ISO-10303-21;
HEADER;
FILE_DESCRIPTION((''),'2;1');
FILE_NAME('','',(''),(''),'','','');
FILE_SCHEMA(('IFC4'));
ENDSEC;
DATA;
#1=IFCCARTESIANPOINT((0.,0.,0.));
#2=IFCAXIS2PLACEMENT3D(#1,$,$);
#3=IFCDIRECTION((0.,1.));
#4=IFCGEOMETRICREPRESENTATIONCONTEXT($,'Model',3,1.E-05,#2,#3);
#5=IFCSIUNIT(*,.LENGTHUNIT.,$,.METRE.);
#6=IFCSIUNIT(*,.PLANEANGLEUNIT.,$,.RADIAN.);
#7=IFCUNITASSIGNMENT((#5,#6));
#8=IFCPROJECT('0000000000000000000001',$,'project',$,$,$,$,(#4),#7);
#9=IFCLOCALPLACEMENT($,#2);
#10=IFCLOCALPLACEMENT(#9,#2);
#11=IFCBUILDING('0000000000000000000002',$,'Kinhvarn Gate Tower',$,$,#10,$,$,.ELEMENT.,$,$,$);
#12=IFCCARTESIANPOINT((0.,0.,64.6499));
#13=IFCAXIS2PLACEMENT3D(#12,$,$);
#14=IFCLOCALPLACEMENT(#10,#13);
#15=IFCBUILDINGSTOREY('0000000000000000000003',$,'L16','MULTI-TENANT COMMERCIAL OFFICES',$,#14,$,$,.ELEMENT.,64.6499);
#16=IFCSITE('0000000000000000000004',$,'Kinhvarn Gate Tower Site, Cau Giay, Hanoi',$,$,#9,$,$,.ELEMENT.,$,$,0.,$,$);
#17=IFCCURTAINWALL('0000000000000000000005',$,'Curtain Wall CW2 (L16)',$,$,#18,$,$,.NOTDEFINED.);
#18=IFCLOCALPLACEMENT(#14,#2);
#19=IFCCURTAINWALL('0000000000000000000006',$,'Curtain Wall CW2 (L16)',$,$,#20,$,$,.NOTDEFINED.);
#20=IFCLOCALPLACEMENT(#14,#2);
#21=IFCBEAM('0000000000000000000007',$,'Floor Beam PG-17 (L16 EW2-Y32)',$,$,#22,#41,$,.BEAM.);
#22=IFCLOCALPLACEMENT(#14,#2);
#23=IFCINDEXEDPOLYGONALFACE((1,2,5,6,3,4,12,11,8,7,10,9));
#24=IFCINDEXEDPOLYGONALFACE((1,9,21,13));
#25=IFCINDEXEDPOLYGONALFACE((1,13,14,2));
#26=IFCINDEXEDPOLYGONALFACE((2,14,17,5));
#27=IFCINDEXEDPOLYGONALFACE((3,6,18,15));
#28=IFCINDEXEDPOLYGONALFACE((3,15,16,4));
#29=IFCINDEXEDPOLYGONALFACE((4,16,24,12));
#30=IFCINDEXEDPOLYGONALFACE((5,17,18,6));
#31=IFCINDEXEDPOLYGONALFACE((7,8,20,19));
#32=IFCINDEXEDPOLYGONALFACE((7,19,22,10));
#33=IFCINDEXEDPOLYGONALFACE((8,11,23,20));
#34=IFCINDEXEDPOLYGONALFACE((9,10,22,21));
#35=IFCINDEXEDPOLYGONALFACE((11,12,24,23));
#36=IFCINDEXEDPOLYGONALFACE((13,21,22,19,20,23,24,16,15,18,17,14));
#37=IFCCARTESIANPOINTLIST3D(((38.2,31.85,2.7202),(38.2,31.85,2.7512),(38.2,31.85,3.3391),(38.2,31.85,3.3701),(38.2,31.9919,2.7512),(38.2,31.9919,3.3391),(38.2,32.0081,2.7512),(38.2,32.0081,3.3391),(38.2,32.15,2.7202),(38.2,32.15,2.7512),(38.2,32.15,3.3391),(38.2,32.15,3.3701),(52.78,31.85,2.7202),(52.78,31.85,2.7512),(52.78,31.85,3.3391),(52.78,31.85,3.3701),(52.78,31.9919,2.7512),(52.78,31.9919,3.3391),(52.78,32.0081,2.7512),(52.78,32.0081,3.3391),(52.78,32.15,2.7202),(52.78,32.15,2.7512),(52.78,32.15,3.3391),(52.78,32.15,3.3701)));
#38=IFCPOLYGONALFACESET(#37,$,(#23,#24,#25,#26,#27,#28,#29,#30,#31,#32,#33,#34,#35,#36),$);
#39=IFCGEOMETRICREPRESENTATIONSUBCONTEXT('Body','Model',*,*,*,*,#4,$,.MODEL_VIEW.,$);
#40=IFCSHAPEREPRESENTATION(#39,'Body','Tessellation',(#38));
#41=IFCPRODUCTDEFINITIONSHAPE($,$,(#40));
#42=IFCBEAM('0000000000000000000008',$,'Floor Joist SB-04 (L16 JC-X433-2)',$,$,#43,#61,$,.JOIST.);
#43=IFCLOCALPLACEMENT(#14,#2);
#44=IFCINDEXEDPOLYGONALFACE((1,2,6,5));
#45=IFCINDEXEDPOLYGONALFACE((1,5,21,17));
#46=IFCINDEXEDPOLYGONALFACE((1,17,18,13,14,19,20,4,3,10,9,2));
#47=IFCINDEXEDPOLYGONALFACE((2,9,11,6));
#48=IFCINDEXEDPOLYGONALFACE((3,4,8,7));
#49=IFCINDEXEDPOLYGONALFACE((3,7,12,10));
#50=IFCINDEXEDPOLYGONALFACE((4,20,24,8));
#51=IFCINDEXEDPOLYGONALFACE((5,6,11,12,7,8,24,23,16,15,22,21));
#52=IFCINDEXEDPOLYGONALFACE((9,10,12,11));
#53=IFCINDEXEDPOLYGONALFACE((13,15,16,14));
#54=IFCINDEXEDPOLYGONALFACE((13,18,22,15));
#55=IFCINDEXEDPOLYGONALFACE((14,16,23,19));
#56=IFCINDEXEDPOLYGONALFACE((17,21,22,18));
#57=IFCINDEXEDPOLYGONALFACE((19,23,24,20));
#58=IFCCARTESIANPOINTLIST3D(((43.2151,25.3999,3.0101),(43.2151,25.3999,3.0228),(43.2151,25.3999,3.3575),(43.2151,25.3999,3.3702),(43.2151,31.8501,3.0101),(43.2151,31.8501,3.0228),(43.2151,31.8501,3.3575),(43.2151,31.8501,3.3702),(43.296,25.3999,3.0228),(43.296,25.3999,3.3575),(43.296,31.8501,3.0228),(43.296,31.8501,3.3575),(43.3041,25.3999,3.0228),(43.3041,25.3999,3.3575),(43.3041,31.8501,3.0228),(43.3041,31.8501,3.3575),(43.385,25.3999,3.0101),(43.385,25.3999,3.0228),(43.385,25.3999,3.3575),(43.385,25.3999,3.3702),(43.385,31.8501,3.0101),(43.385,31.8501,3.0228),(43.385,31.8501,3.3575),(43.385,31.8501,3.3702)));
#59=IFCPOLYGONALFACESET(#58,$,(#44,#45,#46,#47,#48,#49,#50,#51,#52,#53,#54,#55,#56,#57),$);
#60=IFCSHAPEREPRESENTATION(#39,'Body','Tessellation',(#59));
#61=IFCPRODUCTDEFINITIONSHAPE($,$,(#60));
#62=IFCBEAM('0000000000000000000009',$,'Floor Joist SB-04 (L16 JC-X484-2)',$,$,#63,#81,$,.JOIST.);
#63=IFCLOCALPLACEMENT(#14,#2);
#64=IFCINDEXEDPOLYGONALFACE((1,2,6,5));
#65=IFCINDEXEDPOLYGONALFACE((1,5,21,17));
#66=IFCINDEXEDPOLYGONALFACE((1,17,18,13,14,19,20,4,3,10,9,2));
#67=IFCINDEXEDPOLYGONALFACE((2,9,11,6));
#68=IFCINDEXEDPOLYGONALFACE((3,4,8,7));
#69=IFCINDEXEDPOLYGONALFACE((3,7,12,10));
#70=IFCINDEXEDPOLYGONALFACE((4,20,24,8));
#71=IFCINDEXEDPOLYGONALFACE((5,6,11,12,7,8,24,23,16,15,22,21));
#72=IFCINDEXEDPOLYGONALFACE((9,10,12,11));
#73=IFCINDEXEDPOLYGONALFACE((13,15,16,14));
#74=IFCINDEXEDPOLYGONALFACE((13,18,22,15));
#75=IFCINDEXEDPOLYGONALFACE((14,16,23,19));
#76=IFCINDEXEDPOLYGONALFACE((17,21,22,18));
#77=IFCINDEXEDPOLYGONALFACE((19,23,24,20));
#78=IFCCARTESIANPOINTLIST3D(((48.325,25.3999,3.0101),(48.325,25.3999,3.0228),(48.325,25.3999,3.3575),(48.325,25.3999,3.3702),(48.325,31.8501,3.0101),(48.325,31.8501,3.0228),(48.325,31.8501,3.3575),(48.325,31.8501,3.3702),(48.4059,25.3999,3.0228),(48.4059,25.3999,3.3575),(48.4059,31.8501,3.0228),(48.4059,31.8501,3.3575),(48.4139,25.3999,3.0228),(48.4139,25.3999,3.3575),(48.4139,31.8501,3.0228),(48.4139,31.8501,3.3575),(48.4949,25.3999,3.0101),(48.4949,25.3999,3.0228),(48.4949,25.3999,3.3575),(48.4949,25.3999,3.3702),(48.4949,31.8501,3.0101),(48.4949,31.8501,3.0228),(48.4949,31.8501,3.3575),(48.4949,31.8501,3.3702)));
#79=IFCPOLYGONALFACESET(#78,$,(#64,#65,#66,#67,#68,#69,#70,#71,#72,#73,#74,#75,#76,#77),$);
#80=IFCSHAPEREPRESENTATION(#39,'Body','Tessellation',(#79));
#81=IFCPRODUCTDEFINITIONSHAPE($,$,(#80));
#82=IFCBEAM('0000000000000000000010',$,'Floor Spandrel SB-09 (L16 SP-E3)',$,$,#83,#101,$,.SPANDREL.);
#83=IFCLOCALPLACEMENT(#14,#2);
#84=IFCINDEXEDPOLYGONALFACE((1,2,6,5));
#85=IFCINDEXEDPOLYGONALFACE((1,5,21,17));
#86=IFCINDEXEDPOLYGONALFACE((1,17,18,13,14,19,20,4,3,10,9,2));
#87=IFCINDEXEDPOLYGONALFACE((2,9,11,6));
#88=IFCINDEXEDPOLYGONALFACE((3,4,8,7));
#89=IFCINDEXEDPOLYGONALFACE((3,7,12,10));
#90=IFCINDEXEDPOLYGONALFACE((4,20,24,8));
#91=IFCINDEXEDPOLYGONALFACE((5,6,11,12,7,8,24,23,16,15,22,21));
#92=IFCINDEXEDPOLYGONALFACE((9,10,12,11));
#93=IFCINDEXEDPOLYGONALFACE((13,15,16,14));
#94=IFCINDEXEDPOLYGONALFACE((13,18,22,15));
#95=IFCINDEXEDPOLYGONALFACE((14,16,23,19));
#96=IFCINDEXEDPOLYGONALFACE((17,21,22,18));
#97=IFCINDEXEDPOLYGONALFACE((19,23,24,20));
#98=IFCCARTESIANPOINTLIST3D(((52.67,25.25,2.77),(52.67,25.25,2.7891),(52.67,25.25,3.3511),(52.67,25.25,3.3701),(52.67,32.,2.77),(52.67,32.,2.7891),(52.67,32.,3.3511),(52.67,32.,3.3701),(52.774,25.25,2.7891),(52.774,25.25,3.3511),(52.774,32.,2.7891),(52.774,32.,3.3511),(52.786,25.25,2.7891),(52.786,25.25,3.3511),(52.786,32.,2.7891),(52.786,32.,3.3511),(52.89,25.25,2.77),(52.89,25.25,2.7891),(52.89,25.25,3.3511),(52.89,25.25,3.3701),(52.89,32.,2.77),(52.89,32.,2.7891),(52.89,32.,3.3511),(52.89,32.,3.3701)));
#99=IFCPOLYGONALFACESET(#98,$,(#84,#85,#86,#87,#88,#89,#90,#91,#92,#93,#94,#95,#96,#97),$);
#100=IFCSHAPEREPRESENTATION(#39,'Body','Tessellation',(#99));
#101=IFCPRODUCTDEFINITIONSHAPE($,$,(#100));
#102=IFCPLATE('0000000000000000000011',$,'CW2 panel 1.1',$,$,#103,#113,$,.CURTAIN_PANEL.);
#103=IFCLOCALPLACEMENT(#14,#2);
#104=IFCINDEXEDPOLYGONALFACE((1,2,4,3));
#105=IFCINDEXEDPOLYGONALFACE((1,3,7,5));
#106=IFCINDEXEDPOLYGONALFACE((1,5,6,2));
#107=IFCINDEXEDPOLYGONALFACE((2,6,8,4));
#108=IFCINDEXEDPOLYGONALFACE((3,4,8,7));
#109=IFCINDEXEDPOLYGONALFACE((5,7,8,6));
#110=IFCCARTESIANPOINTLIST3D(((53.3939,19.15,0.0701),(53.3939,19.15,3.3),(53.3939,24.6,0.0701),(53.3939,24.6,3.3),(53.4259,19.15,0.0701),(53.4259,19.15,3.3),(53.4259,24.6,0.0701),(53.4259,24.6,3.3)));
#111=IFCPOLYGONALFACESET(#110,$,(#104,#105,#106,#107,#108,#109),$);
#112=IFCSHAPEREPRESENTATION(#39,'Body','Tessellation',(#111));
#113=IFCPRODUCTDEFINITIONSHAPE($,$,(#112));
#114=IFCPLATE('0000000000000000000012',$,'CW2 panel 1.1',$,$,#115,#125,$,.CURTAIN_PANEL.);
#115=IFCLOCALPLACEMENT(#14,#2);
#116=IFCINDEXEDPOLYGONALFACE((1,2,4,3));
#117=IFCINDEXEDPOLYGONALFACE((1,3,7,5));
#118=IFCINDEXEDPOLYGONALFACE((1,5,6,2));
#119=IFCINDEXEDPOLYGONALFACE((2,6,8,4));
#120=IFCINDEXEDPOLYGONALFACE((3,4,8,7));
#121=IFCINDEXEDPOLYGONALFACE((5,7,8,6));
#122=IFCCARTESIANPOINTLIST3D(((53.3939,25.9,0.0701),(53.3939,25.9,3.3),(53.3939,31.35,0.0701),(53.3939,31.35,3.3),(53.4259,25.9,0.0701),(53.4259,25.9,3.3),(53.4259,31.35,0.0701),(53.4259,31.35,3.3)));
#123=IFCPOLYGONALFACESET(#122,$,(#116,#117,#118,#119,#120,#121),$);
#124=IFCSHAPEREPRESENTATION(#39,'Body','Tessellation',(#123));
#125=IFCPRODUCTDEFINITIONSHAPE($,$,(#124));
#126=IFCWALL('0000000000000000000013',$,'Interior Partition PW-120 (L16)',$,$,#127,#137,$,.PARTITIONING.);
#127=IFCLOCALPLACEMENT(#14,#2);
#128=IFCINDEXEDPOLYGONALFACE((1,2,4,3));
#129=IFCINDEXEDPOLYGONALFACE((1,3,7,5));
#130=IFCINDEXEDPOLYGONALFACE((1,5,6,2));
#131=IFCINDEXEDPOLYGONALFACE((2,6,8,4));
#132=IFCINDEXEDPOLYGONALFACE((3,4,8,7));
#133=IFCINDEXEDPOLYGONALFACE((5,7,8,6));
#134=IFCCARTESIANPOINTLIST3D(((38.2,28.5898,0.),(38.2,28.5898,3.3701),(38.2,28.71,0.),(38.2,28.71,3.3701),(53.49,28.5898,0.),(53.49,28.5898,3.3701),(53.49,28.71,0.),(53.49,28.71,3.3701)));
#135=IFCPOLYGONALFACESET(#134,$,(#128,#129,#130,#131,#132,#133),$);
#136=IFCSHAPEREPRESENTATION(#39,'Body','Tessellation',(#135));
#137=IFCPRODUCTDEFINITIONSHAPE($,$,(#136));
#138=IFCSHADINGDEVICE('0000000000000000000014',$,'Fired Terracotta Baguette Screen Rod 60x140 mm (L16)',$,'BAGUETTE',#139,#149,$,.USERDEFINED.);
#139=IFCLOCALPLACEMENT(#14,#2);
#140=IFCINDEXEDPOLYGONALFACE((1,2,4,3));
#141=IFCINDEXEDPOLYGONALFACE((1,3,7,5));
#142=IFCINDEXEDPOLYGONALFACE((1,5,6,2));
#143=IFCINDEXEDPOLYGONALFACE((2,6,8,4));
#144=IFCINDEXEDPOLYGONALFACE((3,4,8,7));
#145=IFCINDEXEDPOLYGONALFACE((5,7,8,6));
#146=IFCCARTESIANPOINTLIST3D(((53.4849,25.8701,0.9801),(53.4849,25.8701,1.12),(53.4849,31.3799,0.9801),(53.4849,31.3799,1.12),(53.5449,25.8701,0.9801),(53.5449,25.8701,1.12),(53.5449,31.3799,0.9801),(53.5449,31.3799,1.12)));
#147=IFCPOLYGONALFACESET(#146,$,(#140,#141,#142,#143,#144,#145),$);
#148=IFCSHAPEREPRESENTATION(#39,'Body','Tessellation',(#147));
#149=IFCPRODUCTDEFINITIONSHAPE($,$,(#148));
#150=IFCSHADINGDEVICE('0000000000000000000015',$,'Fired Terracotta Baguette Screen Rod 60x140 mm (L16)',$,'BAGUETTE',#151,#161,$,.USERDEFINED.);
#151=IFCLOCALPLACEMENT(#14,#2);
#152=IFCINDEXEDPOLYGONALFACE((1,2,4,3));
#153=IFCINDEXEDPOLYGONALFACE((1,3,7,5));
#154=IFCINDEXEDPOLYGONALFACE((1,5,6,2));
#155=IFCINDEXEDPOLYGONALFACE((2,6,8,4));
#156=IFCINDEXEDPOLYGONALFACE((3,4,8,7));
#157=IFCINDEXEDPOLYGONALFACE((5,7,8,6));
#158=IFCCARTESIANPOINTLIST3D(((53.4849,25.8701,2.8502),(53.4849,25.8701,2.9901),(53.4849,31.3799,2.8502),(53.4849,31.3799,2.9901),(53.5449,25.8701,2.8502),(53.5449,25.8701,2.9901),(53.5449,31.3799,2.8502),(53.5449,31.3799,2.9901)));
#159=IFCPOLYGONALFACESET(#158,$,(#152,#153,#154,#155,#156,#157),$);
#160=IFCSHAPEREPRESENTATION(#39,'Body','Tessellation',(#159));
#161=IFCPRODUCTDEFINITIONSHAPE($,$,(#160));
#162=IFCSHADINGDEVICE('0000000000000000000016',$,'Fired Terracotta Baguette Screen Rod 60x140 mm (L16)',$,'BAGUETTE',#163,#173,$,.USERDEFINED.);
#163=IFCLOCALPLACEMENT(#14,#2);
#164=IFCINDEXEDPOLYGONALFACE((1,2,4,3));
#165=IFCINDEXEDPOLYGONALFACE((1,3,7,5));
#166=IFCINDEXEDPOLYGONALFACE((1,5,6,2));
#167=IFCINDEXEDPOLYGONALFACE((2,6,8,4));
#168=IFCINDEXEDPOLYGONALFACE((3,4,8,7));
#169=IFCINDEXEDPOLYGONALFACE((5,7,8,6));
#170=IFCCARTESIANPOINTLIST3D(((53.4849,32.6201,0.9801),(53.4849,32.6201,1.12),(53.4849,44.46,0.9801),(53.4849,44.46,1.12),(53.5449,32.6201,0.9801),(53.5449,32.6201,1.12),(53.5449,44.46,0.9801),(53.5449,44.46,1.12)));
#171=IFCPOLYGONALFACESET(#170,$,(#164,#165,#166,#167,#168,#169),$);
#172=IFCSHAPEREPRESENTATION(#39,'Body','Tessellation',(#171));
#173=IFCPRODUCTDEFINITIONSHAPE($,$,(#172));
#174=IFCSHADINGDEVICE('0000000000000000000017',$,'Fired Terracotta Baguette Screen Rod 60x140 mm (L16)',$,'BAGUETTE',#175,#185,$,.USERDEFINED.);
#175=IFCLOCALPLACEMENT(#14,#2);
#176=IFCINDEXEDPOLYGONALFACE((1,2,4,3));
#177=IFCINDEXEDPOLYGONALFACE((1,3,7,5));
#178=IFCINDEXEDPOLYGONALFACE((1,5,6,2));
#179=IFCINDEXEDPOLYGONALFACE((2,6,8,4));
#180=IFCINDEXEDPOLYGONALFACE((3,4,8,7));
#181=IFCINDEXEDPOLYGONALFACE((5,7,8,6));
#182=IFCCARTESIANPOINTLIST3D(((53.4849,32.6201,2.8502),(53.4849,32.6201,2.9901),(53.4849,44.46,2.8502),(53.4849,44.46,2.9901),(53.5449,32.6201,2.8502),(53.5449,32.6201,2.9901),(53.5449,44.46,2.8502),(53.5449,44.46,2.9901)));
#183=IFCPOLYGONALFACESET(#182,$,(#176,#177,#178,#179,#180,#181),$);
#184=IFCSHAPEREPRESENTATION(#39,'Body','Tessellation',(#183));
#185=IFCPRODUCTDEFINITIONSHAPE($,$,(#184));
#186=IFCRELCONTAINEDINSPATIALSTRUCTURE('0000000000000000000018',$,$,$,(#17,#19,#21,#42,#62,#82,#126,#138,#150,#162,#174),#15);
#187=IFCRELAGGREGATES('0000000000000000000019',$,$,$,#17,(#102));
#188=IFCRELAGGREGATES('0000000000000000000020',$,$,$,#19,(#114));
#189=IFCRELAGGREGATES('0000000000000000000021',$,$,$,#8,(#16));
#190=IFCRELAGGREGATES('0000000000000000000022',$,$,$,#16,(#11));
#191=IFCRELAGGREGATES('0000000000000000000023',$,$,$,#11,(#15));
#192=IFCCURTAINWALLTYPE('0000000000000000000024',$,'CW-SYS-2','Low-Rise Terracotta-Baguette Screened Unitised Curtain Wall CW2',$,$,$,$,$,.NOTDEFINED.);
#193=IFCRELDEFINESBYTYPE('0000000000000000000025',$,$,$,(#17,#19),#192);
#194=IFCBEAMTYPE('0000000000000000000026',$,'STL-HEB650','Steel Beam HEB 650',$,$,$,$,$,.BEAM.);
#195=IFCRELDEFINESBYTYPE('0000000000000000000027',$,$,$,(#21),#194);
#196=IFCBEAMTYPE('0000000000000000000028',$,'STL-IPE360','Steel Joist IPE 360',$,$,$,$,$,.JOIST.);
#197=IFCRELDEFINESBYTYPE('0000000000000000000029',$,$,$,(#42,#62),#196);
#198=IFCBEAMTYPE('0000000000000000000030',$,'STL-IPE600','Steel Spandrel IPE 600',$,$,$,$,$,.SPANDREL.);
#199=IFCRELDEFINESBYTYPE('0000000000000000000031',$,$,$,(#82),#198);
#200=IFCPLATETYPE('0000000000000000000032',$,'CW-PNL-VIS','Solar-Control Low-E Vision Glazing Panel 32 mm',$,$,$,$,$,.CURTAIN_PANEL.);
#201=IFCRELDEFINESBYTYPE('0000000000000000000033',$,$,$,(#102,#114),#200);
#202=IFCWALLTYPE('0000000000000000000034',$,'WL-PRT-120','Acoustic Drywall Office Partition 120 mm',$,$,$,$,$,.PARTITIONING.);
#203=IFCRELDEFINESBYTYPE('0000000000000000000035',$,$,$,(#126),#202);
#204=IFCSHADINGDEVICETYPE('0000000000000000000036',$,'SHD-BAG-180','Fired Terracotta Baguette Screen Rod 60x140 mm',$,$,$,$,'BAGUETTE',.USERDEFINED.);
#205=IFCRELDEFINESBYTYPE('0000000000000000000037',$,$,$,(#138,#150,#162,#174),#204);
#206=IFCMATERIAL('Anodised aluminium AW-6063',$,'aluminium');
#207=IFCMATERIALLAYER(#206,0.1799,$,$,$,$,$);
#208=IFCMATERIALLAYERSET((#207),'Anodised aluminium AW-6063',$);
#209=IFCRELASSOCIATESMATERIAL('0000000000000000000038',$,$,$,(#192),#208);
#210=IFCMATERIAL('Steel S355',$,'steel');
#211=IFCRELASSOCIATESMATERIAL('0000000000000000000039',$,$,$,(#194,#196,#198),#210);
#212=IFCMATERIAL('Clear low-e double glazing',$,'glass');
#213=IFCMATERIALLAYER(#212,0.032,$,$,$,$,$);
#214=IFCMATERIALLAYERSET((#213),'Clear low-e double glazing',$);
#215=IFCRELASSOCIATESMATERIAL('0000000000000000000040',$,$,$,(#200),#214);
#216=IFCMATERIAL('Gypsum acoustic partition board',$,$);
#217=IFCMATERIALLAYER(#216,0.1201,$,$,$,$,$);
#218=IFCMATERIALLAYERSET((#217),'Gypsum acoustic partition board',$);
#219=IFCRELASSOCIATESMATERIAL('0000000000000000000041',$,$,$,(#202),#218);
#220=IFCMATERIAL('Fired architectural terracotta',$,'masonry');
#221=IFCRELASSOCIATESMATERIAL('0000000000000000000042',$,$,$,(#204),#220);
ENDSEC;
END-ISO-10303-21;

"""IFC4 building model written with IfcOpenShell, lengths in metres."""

from ifc_helpers import new_model, si_unit, direction, frame, frame_2d, origin, origin_2d, place, context, subcontext, project, spatial, rectangle, i_section, extrude, material, layer, layer_set, material_profile, profile_set, type_object, element, aggregate, save


model = new_model("IFC4")

# Units and contexts
model_context = context("Model", 3, precision=1e-05, world=origin(), true_north=direction((0.0, 1.0)))
body_context = subcontext(model_context, "Body", "Model", "MODEL_VIEW")
ifc_project = project(units=[si_unit("LENGTHUNIT", "METRE"), si_unit("PLANEANGLEUNIT", "RADIAN")], contexts=[model_context])

# Site, building, storey
site_placement = place(None, origin())
site = spatial("IfcSite", under=ifc_project, at=site_placement, Name="Kinhvarn Gate Tower Site, Cau Giay, Hanoi", CompositionType="ELEMENT", RefElevation=0.0)
building_placement = place(site_placement, origin())
building = spatial("IfcBuilding", under=site, at=building_placement, Name="Kinhvarn Gate Tower", CompositionType="ELEMENT")
storey_placement = place(building_placement, frame((0.0, 0.0, 64.6499)))
storey = spatial("IfcBuildingStorey", under=building, at=storey_placement, Name="L16", Description="MULTI-TENANT COMMERCIAL OFFICES", CompositionType="ELEMENT", Elevation=64.6499)

# Curtain wall
ifc_material_1 = material(Name="Anodised aluminium AW-6063", Category="aluminium")
ifc_layer_1 = layer(ifc_material_1, 0.1799)
ifc_layer_set_1 = layer_set([ifc_layer_1], Name="Anodised aluminium AW-6063")
curtain_wall_type = type_object("IfcCurtainWallType", Name="CW-SYS-2", Description="Low-Rise Terracotta-Baguette Screened Unitised Curtain Wall CW2", PredefinedType="NOTDEFINED", material=ifc_layer_set_1)
curtain_wall_1_placement = place(storey_placement, origin())
curtain_wall_1 = element("IfcCurtainWall", 1, at=curtain_wall_1_placement, inside=storey, type_object=curtain_wall_type, Name="Curtain Wall CW2 (L16)", PredefinedType="NOTDEFINED")

# Curtain wall
curtain_wall_2_placement = place(storey_placement, origin())
curtain_wall_2 = element("IfcCurtainWall", 2, at=curtain_wall_2_placement, inside=storey, type_object=curtain_wall_type, Name="Curtain Wall CW2 (L16)", PredefinedType="NOTDEFINED")

# Beams
ifc_material_2 = material(Name="Steel S355", Category="steel")
ifc_material_profile_1 = material_profile(ifc_material_2, i_section(OverallWidth=0.3, OverallDepth=0.6499, WebThickness=0.0161, FlangeThickness=0.031, at=origin_2d()), Name="HEB 650")
ifc_profile_set_1 = profile_set([ifc_material_profile_1], Name="Steel S355")
beam_type_1 = type_object("IfcBeamType", Name="STL-HEB650", Description="Steel Beam HEB 650", PredefinedType="BEAM", material=ifc_profile_set_1)
beam_1_placement = place(storey_placement, frame((38.2, 32.0, 3.0452), z_axis=(1.0, 0.0, 0.0), x_axis=(0.0, 1.0, 0.0)))
element("IfcBeam", 3, at=beam_1_placement, inside=storey, type_object=beam_type_1, Name="Floor Beam PG-17 (L16 EW2-Y32)", PredefinedType="BEAM", context=body_context, shape_type="SweptSolid", body=[
    extrude(i_section(OverallWidth=0.3, OverallDepth=0.6499, WebThickness=0.0161, FlangeThickness=0.031, at=origin_2d()), origin(), (0.0, 0.0, 1.0), 14.5801),
])
ifc_material_profile_2 = material_profile(ifc_material_2, i_section(OverallWidth=0.1699, OverallDepth=0.3601, WebThickness=0.0081, FlangeThickness=0.0127, at=origin_2d()), Name="IPE 360")
ifc_profile_set_2 = profile_set([ifc_material_profile_2], Name="Steel S355")
beam_type_2 = type_object("IfcBeamType", Name="STL-IPE360", Description="Steel Joist IPE 360", PredefinedType="JOIST", material=ifc_profile_set_2)
for number, where, z_axis, x_axis, name in (
    (4, (43.3, 25.3999, 3.1902), (0.0, 1.0, 0.0), (-1.0, 0.0, 0.0), "Floor Joist SB-04 (L16 JC-X433-2)"),
    (5, (48.4099, 25.3999, 3.1902), (0.0, 1.0, 0.0), (-1.0, 0.0, 0.0), "Floor Joist SB-04 (L16 JC-X484-2)"),
):
    element("IfcBeam", number, at=place(storey_placement, frame(where, z_axis=z_axis, x_axis=x_axis)), inside=storey, type_object=beam_type_2, Name=name, PredefinedType="JOIST", context=body_context, shape_type="SweptSolid", body=[
        extrude(i_section(OverallWidth=0.1699, OverallDepth=0.3601, WebThickness=0.0081, FlangeThickness=0.0127, at=origin_2d()), origin(), (0.0, 0.0, 1.0), 6.4502),
    ])
ifc_material_profile_3 = material_profile(ifc_material_2, i_section(OverallWidth=0.22, OverallDepth=0.6001, WebThickness=0.012, FlangeThickness=0.019, at=origin_2d()), Name="IPE 600")
ifc_profile_set_3 = profile_set([ifc_material_profile_3], Name="Steel S355")
beam_type_3 = type_object("IfcBeamType", Name="STL-IPE600", Description="Steel Spandrel IPE 600", PredefinedType="SPANDREL", material=ifc_profile_set_3)
beam_2_placement = place(storey_placement, frame((52.78, 25.25, 3.0701), z_axis=(0.0, 1.0, 0.0), x_axis=(-1.0, 0.0, 0.0)))
element("IfcBeam", 6, at=beam_2_placement, inside=storey, type_object=beam_type_3, Name="Floor Spandrel SB-09 (L16 SP-E3)", PredefinedType="SPANDREL", context=body_context, shape_type="SweptSolid", body=[
    extrude(i_section(OverallWidth=0.22, OverallDepth=0.6001, WebThickness=0.012, FlangeThickness=0.019, at=origin_2d()), origin(), (0.0, 0.0, 1.0), 6.75),
])

# Plates
ifc_material_3 = material(Name="Clear low-e double glazing", Category="glass")
ifc_layer_2 = layer(ifc_material_3, 0.032)
ifc_layer_set_2 = layer_set([ifc_layer_2], Name="Clear low-e double glazing")
plate_type = type_object("IfcPlateType", Name="CW-PNL-VIS", Description="Solar-Control Low-E Vision Glazing Panel 32 mm", PredefinedType="CURTAIN_PANEL", material=ifc_layer_set_2)
plate_1_placement = place(storey_placement, frame((53.4099, 21.875, 0.0701), z_axis=(0.0, 0.0, 1.0), x_axis=(0.0, 1.0, 0.0)))
plate_1 = element("IfcPlate", 7, at=plate_1_placement, type_object=plate_type, Name="CW2 panel 1.1", PredefinedType="CURTAIN_PANEL", context=body_context, shape_type="SweptSolid", body=[
    extrude(rectangle(XDim=5.45, YDim=0.032, at=origin_2d()), origin(), (0.0, 0.0, 1.0), 3.23),
])
aggregate(curtain_wall_1, [plate_1])
plate_2_placement = place(storey_placement, frame((53.4099, 28.625, 0.0701), z_axis=(0.0, 0.0, 1.0), x_axis=(0.0, 1.0, 0.0)))
plate_2 = element("IfcPlate", 8, at=plate_2_placement, type_object=plate_type, Name="CW2 panel 1.1", PredefinedType="CURTAIN_PANEL", context=body_context, shape_type="SweptSolid", body=[
    extrude(rectangle(XDim=5.45, YDim=0.032, at=origin_2d()), origin(), (0.0, 0.0, 1.0), 3.23),
])
aggregate(curtain_wall_2, [plate_2])

# Wall
ifc_material_4 = material(Name="Gypsum acoustic partition board")
ifc_layer_3 = layer(ifc_material_4, 0.1201)
ifc_layer_set_3 = layer_set([ifc_layer_3], Name="Gypsum acoustic partition board")
wall_type = type_object("IfcWallType", Name="WL-PRT-120", Description="Acoustic Drywall Office Partition 120 mm", PredefinedType="PARTITIONING", material=ifc_layer_set_3)
wall_placement = place(storey_placement, frame((38.2, 28.6499, 0.0), z_axis=(0.0, 0.0, 1.0), x_axis=(1.0, 0.0, 0.0)))
element("IfcWall", 9, at=wall_placement, inside=storey, type_object=wall_type, Name="Interior Partition PW-120 (L16)", PredefinedType="PARTITIONING", context=body_context, shape_type="SweptSolid", body=[
    extrude(rectangle(XDim=15.29, YDim=0.1201, at=frame_2d((7.645, 0.0))), origin(), (0.0, 0.0, 1.0), 3.3701),
])

# Shading devices
ifc_material_5 = material(Name="Fired architectural terracotta", Category="masonry")
ifc_material_profile_4 = material_profile(ifc_material_5, rectangle(XDim=0.0601, YDim=0.1399, at=origin_2d()), Name="TC 60x140")
ifc_profile_set_4 = profile_set([ifc_material_profile_4], Name="Fired architectural terracotta")
shading_device_type = type_object("IfcShadingDeviceType", Name="SHD-BAG-180", Description="Fired Terracotta Baguette Screen Rod 60x140 mm", ElementType="BAGUETTE", PredefinedType="USERDEFINED", material=ifc_profile_set_4)
for number, where, z_axis, x_axis, name in (
    (10, (53.5149, 25.8701, 1.05), (0.0, 1.0, 0.0), (-1.0, 0.0, 0.0), "Fired Terracotta Baguette Screen Rod 60x140 mm (L16)"),
    (11, (53.5149, 25.8701, 2.9202), (0.0, 1.0, 0.0), (-1.0, 0.0, 0.0), "Fired Terracotta Baguette Screen Rod 60x140 mm (L16)"),
):
    element("IfcShadingDevice", number, at=place(storey_placement, frame(where, z_axis=z_axis, x_axis=x_axis)), inside=storey, type_object=shading_device_type, Name=name, ObjectType="BAGUETTE", PredefinedType="USERDEFINED", context=body_context, shape_type="SweptSolid", body=[
        extrude(rectangle(XDim=0.0601, YDim=0.1399, at=origin_2d()), origin(), (0.0, 0.0, 1.0), 5.5098),
    ])
for number, where, z_axis, x_axis, name in (
    (12, (53.5149, 32.6201, 1.05), (0.0, 1.0, 0.0), (-1.0, 0.0, 0.0), "Fired Terracotta Baguette Screen Rod 60x140 mm (L16)"),
    (13, (53.5149, 32.6201, 2.9202), (0.0, 1.0, 0.0), (-1.0, 0.0, 0.0), "Fired Terracotta Baguette Screen Rod 60x140 mm (L16)"),
):
    element("IfcShadingDevice", number, at=place(storey_placement, frame(where, z_axis=z_axis, x_axis=x_axis)), inside=storey, type_object=shading_device_type, Name=name, ObjectType="BAGUETTE", PredefinedType="USERDEFINED", context=body_context, shape_type="SweptSolid", body=[
        extrude(rectangle(XDim=0.0601, YDim=0.1399, at=origin_2d()), origin(), (0.0, 0.0, 1.0), 11.8398),
    ])

save(model, "model.ifc")
